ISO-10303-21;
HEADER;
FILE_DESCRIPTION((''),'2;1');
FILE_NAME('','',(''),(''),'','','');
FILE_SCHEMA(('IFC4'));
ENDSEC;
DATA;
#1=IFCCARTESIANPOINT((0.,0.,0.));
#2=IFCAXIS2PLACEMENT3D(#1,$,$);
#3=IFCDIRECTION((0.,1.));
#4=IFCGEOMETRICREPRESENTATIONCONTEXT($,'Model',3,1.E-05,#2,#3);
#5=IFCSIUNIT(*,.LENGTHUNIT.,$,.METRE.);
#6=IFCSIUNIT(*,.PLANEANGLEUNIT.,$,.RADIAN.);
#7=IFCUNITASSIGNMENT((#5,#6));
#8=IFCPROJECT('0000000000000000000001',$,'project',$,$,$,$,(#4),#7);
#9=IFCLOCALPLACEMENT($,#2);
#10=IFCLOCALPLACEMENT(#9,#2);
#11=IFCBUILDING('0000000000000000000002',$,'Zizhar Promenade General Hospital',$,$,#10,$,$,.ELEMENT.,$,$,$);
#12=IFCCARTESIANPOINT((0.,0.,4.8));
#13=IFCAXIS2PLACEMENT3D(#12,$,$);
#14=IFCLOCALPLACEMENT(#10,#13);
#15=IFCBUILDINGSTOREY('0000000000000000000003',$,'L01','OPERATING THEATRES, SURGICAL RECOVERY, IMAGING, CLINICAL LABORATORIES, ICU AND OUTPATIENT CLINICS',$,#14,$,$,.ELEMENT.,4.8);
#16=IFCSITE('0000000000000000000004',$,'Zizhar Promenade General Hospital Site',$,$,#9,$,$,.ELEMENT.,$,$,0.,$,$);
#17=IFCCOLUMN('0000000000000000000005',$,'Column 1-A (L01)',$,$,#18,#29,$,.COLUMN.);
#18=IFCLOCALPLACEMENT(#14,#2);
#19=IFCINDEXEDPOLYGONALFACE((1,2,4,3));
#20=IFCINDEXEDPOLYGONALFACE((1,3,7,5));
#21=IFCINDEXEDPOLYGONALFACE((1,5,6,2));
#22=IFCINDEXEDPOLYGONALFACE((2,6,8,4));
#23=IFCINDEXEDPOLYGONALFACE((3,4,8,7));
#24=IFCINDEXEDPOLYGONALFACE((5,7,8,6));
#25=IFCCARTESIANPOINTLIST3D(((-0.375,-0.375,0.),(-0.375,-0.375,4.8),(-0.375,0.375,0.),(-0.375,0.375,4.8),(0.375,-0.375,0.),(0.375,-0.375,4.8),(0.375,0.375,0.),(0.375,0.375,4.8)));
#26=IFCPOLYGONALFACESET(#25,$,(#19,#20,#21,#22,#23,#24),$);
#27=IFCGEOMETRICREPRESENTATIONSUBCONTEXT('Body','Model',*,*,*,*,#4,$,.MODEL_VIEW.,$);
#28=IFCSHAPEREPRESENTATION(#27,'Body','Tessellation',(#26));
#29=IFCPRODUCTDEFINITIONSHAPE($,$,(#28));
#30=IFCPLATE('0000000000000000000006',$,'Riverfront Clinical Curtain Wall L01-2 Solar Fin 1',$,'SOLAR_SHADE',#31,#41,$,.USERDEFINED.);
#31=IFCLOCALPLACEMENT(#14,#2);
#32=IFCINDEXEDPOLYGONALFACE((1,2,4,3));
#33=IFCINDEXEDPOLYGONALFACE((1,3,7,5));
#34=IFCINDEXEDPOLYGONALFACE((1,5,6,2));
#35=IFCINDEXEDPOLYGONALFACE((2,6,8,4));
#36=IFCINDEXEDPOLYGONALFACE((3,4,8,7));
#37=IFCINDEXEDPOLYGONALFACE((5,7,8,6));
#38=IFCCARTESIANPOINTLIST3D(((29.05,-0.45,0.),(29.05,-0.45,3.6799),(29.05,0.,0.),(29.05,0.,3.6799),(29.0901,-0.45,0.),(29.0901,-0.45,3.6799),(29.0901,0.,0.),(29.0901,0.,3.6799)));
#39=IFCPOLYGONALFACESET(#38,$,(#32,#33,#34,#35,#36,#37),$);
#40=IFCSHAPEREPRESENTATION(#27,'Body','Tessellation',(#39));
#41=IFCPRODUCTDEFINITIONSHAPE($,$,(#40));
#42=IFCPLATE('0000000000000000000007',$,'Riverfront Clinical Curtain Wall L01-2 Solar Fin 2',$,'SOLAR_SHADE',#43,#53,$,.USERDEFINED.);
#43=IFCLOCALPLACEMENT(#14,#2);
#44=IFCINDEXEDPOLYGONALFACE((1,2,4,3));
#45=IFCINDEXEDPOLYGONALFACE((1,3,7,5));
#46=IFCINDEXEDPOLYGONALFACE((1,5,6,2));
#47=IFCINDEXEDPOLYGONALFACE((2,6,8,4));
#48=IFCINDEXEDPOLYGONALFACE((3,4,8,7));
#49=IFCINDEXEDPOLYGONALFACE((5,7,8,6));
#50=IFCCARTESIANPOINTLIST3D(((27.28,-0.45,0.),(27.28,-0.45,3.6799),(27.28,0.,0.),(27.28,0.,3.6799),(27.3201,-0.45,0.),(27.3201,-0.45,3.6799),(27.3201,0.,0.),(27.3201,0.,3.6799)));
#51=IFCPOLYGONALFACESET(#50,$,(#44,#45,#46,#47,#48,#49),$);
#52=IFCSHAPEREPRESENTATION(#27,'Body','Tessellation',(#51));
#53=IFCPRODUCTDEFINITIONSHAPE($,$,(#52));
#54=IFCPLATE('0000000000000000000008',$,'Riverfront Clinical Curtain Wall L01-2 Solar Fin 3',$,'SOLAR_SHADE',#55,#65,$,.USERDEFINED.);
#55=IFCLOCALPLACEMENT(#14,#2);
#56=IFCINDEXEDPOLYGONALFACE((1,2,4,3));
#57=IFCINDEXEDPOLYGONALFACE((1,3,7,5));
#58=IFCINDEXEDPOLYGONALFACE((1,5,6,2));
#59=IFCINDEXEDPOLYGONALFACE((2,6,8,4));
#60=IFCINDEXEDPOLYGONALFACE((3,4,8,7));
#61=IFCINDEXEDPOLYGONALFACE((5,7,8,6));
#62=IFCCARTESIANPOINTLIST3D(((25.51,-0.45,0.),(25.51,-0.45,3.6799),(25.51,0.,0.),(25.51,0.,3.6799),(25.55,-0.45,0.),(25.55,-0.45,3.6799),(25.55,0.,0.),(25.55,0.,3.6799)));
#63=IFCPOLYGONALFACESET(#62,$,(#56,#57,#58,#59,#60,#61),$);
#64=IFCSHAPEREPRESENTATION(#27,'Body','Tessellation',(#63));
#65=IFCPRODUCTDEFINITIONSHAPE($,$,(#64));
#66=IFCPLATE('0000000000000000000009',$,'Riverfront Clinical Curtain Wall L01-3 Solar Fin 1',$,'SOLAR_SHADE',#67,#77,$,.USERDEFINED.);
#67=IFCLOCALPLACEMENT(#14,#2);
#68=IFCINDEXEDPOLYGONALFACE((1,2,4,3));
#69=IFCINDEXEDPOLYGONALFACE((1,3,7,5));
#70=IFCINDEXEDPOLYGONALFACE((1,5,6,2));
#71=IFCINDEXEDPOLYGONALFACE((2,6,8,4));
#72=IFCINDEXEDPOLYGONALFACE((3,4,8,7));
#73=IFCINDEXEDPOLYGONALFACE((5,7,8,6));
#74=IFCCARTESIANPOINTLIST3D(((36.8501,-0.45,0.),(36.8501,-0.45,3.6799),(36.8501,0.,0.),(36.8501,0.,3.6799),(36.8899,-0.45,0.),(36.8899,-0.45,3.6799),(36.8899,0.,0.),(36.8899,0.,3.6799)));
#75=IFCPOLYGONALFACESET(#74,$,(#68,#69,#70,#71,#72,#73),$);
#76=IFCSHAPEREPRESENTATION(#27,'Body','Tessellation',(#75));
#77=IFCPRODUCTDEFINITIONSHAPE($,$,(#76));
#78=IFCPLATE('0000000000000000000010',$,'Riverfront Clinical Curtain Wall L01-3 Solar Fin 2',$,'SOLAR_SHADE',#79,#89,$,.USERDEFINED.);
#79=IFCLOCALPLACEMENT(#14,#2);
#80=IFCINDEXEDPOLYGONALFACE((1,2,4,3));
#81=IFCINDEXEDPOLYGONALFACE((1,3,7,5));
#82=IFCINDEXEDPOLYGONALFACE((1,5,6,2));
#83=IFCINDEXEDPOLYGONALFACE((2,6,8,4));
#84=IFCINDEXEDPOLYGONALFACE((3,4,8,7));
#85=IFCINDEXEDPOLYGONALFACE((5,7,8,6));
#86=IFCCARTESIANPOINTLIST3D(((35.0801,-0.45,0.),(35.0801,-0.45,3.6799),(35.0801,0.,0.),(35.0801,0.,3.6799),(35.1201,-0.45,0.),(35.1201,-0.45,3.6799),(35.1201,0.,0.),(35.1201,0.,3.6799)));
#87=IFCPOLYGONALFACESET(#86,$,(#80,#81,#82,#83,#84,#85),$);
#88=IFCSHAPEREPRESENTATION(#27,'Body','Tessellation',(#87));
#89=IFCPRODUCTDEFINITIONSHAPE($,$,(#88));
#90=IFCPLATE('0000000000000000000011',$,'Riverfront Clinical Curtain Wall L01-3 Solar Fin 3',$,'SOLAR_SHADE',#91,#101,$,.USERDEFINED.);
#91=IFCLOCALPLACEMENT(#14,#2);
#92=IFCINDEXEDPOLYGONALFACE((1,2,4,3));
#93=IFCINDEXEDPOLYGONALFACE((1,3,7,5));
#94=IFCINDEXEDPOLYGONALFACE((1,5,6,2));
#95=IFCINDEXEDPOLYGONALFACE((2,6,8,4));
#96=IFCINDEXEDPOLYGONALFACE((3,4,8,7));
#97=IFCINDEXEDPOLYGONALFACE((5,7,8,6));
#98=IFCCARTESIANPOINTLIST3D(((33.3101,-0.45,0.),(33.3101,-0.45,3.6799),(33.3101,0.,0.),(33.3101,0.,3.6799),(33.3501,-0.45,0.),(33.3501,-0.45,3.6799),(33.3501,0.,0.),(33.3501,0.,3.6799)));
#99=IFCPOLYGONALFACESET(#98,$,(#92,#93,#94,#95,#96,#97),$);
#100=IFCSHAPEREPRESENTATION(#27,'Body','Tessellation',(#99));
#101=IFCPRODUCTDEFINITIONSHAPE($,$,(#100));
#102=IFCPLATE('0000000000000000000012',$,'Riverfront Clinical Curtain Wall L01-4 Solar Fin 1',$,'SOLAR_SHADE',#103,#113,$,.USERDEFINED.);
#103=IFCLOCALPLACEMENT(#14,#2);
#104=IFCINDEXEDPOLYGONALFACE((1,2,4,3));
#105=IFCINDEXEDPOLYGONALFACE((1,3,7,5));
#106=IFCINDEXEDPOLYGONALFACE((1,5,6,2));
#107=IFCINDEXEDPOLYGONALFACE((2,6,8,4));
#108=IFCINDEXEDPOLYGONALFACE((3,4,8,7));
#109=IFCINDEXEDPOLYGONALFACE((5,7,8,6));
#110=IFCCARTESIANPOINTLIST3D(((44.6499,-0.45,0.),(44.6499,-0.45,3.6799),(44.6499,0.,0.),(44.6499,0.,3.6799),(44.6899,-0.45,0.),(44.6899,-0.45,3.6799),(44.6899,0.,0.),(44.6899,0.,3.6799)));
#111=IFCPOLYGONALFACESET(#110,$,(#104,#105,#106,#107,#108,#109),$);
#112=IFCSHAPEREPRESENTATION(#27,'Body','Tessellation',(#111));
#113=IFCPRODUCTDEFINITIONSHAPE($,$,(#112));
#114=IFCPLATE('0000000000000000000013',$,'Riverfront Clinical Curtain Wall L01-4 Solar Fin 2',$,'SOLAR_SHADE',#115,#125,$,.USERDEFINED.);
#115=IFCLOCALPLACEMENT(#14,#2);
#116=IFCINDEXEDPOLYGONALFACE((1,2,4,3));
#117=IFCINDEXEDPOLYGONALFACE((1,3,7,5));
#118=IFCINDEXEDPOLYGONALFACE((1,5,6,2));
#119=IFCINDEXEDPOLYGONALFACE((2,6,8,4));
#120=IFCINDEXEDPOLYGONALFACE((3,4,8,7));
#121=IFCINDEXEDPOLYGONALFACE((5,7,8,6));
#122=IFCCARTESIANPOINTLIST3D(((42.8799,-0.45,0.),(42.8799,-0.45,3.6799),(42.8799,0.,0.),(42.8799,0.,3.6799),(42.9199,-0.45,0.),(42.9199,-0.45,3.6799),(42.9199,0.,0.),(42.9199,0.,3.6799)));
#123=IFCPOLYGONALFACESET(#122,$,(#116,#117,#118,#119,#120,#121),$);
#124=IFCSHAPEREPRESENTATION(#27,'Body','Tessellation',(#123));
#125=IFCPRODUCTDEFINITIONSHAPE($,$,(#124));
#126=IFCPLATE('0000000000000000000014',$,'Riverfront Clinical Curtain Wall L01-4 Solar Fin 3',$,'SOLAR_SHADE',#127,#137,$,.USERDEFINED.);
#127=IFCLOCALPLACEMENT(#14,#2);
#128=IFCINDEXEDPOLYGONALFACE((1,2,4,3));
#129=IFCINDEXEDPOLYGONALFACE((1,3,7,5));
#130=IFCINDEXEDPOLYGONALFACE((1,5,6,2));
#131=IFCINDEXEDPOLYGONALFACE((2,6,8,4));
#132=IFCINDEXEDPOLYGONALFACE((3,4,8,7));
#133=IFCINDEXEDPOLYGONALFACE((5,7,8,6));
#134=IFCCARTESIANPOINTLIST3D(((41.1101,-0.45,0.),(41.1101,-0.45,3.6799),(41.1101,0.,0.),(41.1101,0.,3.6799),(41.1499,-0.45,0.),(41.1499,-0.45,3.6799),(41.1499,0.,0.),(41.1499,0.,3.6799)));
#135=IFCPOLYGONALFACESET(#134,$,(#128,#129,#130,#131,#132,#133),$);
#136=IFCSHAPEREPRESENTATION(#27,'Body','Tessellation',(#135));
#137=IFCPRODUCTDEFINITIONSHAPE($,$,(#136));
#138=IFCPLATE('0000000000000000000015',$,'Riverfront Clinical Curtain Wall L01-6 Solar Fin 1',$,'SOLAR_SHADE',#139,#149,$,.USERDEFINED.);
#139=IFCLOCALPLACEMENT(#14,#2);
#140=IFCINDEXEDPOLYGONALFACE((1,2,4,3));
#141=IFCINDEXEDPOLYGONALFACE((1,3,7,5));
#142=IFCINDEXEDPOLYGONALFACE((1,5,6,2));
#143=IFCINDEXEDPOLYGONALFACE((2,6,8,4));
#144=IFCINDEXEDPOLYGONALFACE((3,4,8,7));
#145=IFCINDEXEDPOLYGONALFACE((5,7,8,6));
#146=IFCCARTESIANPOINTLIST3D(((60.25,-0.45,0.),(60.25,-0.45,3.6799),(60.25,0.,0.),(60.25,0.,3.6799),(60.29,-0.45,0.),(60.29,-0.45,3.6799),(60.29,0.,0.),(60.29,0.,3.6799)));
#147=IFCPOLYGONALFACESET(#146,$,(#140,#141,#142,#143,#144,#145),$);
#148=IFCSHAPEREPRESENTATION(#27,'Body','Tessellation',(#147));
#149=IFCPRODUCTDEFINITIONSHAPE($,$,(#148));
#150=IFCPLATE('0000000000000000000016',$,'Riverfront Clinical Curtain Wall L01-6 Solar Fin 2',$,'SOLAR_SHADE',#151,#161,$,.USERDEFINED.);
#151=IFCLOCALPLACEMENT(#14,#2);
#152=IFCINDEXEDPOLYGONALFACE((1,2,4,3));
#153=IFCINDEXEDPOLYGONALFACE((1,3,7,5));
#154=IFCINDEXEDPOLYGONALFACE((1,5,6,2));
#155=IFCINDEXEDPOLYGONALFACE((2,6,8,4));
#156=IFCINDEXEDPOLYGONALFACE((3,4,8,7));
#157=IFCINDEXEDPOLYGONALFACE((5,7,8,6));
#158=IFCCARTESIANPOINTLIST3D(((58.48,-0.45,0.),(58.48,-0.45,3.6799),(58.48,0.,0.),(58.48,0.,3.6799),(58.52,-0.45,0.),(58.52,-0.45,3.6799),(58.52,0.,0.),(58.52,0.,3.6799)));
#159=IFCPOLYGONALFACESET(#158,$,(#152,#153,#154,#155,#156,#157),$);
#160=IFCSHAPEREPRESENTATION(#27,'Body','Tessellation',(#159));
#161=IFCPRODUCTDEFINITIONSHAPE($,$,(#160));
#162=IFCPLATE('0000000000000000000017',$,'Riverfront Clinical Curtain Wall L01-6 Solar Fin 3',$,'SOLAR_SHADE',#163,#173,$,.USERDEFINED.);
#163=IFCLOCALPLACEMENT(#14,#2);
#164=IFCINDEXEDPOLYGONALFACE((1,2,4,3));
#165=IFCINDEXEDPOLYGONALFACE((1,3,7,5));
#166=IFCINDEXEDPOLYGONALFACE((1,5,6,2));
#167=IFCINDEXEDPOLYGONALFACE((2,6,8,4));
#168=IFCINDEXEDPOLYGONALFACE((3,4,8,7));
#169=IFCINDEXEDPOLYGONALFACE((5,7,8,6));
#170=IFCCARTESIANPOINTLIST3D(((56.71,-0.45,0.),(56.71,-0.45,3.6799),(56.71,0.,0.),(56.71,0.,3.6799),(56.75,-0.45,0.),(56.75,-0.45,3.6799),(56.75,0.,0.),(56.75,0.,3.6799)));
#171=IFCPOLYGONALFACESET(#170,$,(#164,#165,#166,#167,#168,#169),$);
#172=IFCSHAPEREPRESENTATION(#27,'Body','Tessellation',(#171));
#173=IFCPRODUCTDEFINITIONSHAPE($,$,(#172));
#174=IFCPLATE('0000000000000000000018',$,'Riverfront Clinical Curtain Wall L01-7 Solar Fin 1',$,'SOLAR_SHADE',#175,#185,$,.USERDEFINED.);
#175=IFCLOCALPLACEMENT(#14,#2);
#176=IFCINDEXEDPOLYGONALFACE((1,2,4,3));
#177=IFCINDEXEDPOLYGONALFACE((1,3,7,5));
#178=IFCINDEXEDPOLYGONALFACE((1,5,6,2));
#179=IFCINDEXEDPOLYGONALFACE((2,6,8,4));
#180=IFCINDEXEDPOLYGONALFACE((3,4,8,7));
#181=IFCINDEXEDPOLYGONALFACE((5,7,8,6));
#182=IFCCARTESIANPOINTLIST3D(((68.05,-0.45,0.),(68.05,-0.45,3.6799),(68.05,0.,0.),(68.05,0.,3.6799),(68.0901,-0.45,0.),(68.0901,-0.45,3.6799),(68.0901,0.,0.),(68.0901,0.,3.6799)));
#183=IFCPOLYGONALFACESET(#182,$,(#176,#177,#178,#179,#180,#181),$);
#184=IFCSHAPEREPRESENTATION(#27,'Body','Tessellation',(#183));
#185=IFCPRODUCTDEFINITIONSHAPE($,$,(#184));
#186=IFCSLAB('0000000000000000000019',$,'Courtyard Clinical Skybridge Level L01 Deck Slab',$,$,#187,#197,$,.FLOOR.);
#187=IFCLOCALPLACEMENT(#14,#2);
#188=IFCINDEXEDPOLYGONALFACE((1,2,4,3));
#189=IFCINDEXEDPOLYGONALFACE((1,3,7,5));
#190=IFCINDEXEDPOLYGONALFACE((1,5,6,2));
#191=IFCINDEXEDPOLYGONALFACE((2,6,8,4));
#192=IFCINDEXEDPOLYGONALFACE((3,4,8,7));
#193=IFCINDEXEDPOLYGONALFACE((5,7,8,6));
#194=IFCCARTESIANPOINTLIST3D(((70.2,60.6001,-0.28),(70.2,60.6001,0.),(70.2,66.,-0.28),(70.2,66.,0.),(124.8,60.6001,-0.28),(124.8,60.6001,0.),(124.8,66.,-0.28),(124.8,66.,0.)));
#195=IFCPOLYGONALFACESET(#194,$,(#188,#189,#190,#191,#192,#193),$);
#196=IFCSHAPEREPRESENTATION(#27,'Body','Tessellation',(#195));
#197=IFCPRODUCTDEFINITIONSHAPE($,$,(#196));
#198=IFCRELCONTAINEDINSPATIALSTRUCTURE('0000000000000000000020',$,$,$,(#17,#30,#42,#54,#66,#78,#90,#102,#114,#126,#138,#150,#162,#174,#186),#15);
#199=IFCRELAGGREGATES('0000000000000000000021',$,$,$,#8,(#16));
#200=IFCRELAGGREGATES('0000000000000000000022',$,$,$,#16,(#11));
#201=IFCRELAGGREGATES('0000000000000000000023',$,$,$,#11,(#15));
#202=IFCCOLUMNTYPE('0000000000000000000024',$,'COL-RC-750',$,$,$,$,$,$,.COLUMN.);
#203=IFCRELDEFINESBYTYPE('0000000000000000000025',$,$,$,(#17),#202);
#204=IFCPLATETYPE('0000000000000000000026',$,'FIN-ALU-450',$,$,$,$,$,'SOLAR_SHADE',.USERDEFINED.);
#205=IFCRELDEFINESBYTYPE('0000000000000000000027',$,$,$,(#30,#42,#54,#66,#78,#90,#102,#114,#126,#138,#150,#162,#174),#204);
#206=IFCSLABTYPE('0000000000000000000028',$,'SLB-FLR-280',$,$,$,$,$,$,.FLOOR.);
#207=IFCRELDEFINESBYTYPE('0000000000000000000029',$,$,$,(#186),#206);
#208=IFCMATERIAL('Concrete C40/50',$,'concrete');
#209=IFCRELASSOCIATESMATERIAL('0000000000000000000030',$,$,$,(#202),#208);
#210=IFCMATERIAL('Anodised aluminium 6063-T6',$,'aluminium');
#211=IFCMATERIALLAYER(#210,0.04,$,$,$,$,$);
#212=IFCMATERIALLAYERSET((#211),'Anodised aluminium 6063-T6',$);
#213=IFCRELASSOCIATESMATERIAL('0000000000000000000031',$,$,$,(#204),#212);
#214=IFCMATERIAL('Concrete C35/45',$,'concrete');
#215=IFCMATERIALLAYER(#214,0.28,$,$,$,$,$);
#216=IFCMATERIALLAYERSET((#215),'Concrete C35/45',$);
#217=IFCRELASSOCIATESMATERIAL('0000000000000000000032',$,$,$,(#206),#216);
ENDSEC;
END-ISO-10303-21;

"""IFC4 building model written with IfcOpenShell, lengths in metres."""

from ifc_helpers import new_model, si_unit, direction, frame, origin, origin_with_axes, origin_2d, place, context, subcontext, project, spatial, polyline, rectangle, outline, extrude, material, layer, layer_set, material_profile, profile_set, type_object, element, save


model = new_model("IFC4")

# Units and contexts
model_context = context("Model", 3, precision=1e-05, world=origin(), true_north=direction((0.0, 1.0)))
body_context = subcontext(model_context, "Body", "Model", "MODEL_VIEW")
ifc_project = project(units=[si_unit("LENGTHUNIT", "METRE"), si_unit("PLANEANGLEUNIT", "RADIAN")], contexts=[model_context])

# Site, building, storey
site_placement = place(None, origin())
site = spatial("IfcSite", under=ifc_project, at=site_placement, Name="Zizhar Promenade General Hospital Site", CompositionType="ELEMENT", RefElevation=0.0)
building_placement = place(site_placement, origin())
building = spatial("IfcBuilding", under=site, at=building_placement, Name="Zizhar Promenade General Hospital", CompositionType="ELEMENT")
storey_placement = place(building_placement, frame((0.0, 0.0, 4.8)))
storey = spatial("IfcBuildingStorey", under=building, at=storey_placement, Name="L01", Description="OPERATING THEATRES, SURGICAL RECOVERY, IMAGING, CLINICAL LABORATORIES, ICU AND OUTPATIENT CLINICS", CompositionType="ELEMENT", Elevation=4.8)

# Column
ifc_material_1 = material(Name="Concrete C40/50", Category="concrete")
ifc_material_profile = material_profile(ifc_material_1, rectangle(XDim=0.75, YDim=0.75, at=origin_2d()))
ifc_profile_set = profile_set([ifc_material_profile], Name="Concrete C40/50")
column_type = type_object("IfcColumnType", Name="COL-RC-750", PredefinedType="COLUMN", material=ifc_profile_set)
column_placement = place(storey_placement, origin_with_axes())
element("IfcColumn", 1, at=column_placement, inside=storey, type_object=column_type, Name="Column 1-A (L01)", PredefinedType="COLUMN", context=body_context, shape_type="SweptSolid", body=[
    extrude(rectangle(XDim=0.75, YDim=0.75, at=origin_2d()), origin(), (0.0, 0.0, 1.0), 4.8),
])

# Plates
ifc_material_2 = material(Name="Anodised aluminium 6063-T6", Category="aluminium")
ifc_layer_1 = layer(ifc_material_2, 0.04)
ifc_layer_set_1 = layer_set([ifc_layer_1], Name="Anodised aluminium 6063-T6")
plate_type = type_object("IfcPlateType", Name="FIN-ALU-450", ElementType="SOLAR_SHADE", PredefinedType="USERDEFINED", material=ifc_layer_set_1)
plate_1_placement = place(storey_placement, origin())
element("IfcPlate", 2, at=plate_1_placement, inside=storey, type_object=plate_type, Name="Riverfront Clinical Curtain Wall L01-2 Solar Fin 1", ObjectType="SOLAR_SHADE", PredefinedType="USERDEFINED", context=body_context, shape_type="SweptSolid", body=[
    extrude(outline(polyline([(29.0901, 0.0), (29.05, 0.0), (29.05, -0.45), (29.0901, -0.45), (29.0901, 0.0)])), origin(), (0.0, 0.0, 1.0), 3.6799),
])
plate_2_placement = place(storey_placement, origin())
element("IfcPlate", 3, at=plate_2_placement, inside=storey, type_object=plate_type, Name="Riverfront Clinical Curtain Wall L01-2 Solar Fin 2", ObjectType="SOLAR_SHADE", PredefinedType="USERDEFINED", context=body_context, shape_type="SweptSolid", body=[
    extrude(outline(polyline([(27.3201, 0.0), (27.28, 0.0), (27.28, -0.45), (27.3201, -0.45), (27.3201, 0.0)])), origin(), (0.0, 0.0, 1.0), 3.6799),
])
plate_3_placement = place(storey_placement, origin())
element("IfcPlate", 4, at=plate_3_placement, inside=storey, type_object=plate_type, Name="Riverfront Clinical Curtain Wall L01-2 Solar Fin 3", ObjectType="SOLAR_SHADE", PredefinedType="USERDEFINED", context=body_context, shape_type="SweptSolid", body=[
    extrude(outline(polyline([(25.55, 0.0), (25.51, 0.0), (25.51, -0.45), (25.55, -0.45), (25.55, 0.0)])), origin(), (0.0, 0.0, 1.0), 3.6799),
])
plate_4_placement = place(storey_placement, origin())
element("IfcPlate", 5, at=plate_4_placement, inside=storey, type_object=plate_type, Name="Riverfront Clinical Curtain Wall L01-3 Solar Fin 1", ObjectType="SOLAR_SHADE", PredefinedType="USERDEFINED", context=body_context, shape_type="SweptSolid", body=[
    extrude(outline(polyline([(36.8899, 0.0), (36.8501, 0.0), (36.8501, -0.45), (36.8899, -0.45), (36.8899, 0.0)])), origin(), (0.0, 0.0, 1.0), 3.6799),
])
plate_5_placement = place(storey_placement, origin())
element("IfcPlate", 6, at=plate_5_placement, inside=storey, type_object=plate_type, Name="Riverfront Clinical Curtain Wall L01-3 Solar Fin 2", ObjectType="SOLAR_SHADE", PredefinedType="USERDEFINED", context=body_context, shape_type="SweptSolid", body=[
    extrude(outline(polyline([(35.1201, 0.0), (35.0801, 0.0), (35.0801, -0.45), (35.1201, -0.45), (35.1201, 0.0)])), origin(), (0.0, 0.0, 1.0), 3.6799),
])
plate_6_placement = place(storey_placement, origin())
element("IfcPlate", 7, at=plate_6_placement, inside=storey, type_object=plate_type, Name="Riverfront Clinical Curtain Wall L01-3 Solar Fin 3", ObjectType="SOLAR_SHADE", PredefinedType="USERDEFINED", context=body_context, shape_type="SweptSolid", body=[
    extrude(outline(polyline([(33.3501, 0.0), (33.3101, 0.0), (33.3101, -0.45), (33.3501, -0.45), (33.3501, 0.0)])), origin(), (0.0, 0.0, 1.0), 3.6799),
])
plate_7_placement = place(storey_placement, origin())
element("IfcPlate", 8, at=plate_7_placement, inside=storey, type_object=plate_type, Name="Riverfront Clinical Curtain Wall L01-4 Solar Fin 1", ObjectType="SOLAR_SHADE", PredefinedType="USERDEFINED", context=body_context, shape_type="SweptSolid", body=[
    extrude(outline(polyline([(44.6899, 0.0), (44.6499, 0.0), (44.6499, -0.45), (44.6899, -0.45), (44.6899, 0.0)])), origin(), (0.0, 0.0, 1.0), 3.6799),
])
plate_8_placement = place(storey_placement, origin())
element("IfcPlate", 9, at=plate_8_placement, inside=storey, type_object=plate_type, Name="Riverfront Clinical Curtain Wall L01-4 Solar Fin 2", ObjectType="SOLAR_SHADE", PredefinedType="USERDEFINED", context=body_context, shape_type="SweptSolid", body=[
    extrude(outline(polyline([(42.9199, 0.0), (42.8799, 0.0), (42.8799, -0.45), (42.9199, -0.45), (42.9199, 0.0)])), origin(), (0.0, 0.0, 1.0), 3.6799),
])
plate_9_placement = place(storey_placement, origin())
element("IfcPlate", 10, at=plate_9_placement, inside=storey, type_object=plate_type, Name="Riverfront Clinical Curtain Wall L01-4 Solar Fin 3", ObjectType="SOLAR_SHADE", PredefinedType="USERDEFINED", context=body_context, shape_type="SweptSolid", body=[
    extrude(outline(polyline([(41.1499, 0.0), (41.1101, 0.0), (41.1101, -0.45), (41.1499, -0.45), (41.1499, 0.0)])), origin(), (0.0, 0.0, 1.0), 3.6799),
])
plate_10_placement = place(storey_placement, origin())
element("IfcPlate", 11, at=plate_10_placement, inside=storey, type_object=plate_type, Name="Riverfront Clinical Curtain Wall L01-6 Solar Fin 1", ObjectType="SOLAR_SHADE", PredefinedType="USERDEFINED", context=body_context, shape_type="SweptSolid", body=[
    extrude(outline(polyline([(60.29, 0.0), (60.25, 0.0), (60.25, -0.45), (60.29, -0.45), (60.29, 0.0)])), origin(), (0.0, 0.0, 1.0), 3.6799),
])
plate_11_placement = place(storey_placement, origin())
element("IfcPlate", 12, at=plate_11_placement, inside=storey, type_object=plate_type, Name="Riverfront Clinical Curtain Wall L01-6 Solar Fin 2", ObjectType="SOLAR_SHADE", PredefinedType="USERDEFINED", context=body_context, shape_type="SweptSolid", body=[
    extrude(outline(polyline([(58.52, 0.0), (58.48, 0.0), (58.48, -0.45), (58.52, -0.45), (58.52, 0.0)])), origin(), (0.0, 0.0, 1.0), 3.6799),
])
plate_12_placement = place(storey_placement, origin())
element("IfcPlate", 13, at=plate_12_placement, inside=storey, type_object=plate_type, Name="Riverfront Clinical Curtain Wall L01-6 Solar Fin 3", ObjectType="SOLAR_SHADE", PredefinedType="USERDEFINED", context=body_context, shape_type="SweptSolid", body=[
    extrude(outline(polyline([(56.75, 0.0), (56.71, 0.0), (56.71, -0.45), (56.75, -0.45), (56.75, 0.0)])), origin(), (0.0, 0.0, 1.0), 3.6799),
])
plate_13_placement = place(storey_placement, origin())
element("IfcPlate", 14, at=plate_13_placement, inside=storey, type_object=plate_type, Name="Riverfront Clinical Curtain Wall L01-7 Solar Fin 1", ObjectType="SOLAR_SHADE", PredefinedType="USERDEFINED", context=body_context, shape_type="SweptSolid", body=[
    extrude(outline(polyline([(68.0901, 0.0), (68.05, 0.0), (68.05, -0.45), (68.0901, -0.45), (68.0901, 0.0)])), origin(), (0.0, 0.0, 1.0), 3.6799),
])

# Slab
ifc_material_3 = material(Name="Concrete C35/45", Category="concrete")
ifc_layer_2 = layer(ifc_material_3, 0.28)
ifc_layer_set_2 = layer_set([ifc_layer_2], Name="Concrete C35/45")
slab_type_1 = type_object("IfcSlabType", Name="SLB-FLR-280", PredefinedType="FLOOR", material=ifc_layer_set_2)
slab_1_placement = place(storey_placement, frame((0.0, 0.0, -0.28)))
element("IfcSlab", 15, at=slab_1_placement, inside=storey, type_object=slab_type_1, Name="Courtyard Clinical Skybridge Level L01 Deck Slab", PredefinedType="FLOOR", context=body_context, shape_type="SweptSolid", body=[
    extrude(outline(polyline([(70.2, 60.6001), (124.8, 60.6001), (124.8, 66.0), (70.2, 66.0), (70.2, 60.6001)])), origin(), (0.0, 0.0, 1.0), 0.28),
])

save(model, "model.ifc")
